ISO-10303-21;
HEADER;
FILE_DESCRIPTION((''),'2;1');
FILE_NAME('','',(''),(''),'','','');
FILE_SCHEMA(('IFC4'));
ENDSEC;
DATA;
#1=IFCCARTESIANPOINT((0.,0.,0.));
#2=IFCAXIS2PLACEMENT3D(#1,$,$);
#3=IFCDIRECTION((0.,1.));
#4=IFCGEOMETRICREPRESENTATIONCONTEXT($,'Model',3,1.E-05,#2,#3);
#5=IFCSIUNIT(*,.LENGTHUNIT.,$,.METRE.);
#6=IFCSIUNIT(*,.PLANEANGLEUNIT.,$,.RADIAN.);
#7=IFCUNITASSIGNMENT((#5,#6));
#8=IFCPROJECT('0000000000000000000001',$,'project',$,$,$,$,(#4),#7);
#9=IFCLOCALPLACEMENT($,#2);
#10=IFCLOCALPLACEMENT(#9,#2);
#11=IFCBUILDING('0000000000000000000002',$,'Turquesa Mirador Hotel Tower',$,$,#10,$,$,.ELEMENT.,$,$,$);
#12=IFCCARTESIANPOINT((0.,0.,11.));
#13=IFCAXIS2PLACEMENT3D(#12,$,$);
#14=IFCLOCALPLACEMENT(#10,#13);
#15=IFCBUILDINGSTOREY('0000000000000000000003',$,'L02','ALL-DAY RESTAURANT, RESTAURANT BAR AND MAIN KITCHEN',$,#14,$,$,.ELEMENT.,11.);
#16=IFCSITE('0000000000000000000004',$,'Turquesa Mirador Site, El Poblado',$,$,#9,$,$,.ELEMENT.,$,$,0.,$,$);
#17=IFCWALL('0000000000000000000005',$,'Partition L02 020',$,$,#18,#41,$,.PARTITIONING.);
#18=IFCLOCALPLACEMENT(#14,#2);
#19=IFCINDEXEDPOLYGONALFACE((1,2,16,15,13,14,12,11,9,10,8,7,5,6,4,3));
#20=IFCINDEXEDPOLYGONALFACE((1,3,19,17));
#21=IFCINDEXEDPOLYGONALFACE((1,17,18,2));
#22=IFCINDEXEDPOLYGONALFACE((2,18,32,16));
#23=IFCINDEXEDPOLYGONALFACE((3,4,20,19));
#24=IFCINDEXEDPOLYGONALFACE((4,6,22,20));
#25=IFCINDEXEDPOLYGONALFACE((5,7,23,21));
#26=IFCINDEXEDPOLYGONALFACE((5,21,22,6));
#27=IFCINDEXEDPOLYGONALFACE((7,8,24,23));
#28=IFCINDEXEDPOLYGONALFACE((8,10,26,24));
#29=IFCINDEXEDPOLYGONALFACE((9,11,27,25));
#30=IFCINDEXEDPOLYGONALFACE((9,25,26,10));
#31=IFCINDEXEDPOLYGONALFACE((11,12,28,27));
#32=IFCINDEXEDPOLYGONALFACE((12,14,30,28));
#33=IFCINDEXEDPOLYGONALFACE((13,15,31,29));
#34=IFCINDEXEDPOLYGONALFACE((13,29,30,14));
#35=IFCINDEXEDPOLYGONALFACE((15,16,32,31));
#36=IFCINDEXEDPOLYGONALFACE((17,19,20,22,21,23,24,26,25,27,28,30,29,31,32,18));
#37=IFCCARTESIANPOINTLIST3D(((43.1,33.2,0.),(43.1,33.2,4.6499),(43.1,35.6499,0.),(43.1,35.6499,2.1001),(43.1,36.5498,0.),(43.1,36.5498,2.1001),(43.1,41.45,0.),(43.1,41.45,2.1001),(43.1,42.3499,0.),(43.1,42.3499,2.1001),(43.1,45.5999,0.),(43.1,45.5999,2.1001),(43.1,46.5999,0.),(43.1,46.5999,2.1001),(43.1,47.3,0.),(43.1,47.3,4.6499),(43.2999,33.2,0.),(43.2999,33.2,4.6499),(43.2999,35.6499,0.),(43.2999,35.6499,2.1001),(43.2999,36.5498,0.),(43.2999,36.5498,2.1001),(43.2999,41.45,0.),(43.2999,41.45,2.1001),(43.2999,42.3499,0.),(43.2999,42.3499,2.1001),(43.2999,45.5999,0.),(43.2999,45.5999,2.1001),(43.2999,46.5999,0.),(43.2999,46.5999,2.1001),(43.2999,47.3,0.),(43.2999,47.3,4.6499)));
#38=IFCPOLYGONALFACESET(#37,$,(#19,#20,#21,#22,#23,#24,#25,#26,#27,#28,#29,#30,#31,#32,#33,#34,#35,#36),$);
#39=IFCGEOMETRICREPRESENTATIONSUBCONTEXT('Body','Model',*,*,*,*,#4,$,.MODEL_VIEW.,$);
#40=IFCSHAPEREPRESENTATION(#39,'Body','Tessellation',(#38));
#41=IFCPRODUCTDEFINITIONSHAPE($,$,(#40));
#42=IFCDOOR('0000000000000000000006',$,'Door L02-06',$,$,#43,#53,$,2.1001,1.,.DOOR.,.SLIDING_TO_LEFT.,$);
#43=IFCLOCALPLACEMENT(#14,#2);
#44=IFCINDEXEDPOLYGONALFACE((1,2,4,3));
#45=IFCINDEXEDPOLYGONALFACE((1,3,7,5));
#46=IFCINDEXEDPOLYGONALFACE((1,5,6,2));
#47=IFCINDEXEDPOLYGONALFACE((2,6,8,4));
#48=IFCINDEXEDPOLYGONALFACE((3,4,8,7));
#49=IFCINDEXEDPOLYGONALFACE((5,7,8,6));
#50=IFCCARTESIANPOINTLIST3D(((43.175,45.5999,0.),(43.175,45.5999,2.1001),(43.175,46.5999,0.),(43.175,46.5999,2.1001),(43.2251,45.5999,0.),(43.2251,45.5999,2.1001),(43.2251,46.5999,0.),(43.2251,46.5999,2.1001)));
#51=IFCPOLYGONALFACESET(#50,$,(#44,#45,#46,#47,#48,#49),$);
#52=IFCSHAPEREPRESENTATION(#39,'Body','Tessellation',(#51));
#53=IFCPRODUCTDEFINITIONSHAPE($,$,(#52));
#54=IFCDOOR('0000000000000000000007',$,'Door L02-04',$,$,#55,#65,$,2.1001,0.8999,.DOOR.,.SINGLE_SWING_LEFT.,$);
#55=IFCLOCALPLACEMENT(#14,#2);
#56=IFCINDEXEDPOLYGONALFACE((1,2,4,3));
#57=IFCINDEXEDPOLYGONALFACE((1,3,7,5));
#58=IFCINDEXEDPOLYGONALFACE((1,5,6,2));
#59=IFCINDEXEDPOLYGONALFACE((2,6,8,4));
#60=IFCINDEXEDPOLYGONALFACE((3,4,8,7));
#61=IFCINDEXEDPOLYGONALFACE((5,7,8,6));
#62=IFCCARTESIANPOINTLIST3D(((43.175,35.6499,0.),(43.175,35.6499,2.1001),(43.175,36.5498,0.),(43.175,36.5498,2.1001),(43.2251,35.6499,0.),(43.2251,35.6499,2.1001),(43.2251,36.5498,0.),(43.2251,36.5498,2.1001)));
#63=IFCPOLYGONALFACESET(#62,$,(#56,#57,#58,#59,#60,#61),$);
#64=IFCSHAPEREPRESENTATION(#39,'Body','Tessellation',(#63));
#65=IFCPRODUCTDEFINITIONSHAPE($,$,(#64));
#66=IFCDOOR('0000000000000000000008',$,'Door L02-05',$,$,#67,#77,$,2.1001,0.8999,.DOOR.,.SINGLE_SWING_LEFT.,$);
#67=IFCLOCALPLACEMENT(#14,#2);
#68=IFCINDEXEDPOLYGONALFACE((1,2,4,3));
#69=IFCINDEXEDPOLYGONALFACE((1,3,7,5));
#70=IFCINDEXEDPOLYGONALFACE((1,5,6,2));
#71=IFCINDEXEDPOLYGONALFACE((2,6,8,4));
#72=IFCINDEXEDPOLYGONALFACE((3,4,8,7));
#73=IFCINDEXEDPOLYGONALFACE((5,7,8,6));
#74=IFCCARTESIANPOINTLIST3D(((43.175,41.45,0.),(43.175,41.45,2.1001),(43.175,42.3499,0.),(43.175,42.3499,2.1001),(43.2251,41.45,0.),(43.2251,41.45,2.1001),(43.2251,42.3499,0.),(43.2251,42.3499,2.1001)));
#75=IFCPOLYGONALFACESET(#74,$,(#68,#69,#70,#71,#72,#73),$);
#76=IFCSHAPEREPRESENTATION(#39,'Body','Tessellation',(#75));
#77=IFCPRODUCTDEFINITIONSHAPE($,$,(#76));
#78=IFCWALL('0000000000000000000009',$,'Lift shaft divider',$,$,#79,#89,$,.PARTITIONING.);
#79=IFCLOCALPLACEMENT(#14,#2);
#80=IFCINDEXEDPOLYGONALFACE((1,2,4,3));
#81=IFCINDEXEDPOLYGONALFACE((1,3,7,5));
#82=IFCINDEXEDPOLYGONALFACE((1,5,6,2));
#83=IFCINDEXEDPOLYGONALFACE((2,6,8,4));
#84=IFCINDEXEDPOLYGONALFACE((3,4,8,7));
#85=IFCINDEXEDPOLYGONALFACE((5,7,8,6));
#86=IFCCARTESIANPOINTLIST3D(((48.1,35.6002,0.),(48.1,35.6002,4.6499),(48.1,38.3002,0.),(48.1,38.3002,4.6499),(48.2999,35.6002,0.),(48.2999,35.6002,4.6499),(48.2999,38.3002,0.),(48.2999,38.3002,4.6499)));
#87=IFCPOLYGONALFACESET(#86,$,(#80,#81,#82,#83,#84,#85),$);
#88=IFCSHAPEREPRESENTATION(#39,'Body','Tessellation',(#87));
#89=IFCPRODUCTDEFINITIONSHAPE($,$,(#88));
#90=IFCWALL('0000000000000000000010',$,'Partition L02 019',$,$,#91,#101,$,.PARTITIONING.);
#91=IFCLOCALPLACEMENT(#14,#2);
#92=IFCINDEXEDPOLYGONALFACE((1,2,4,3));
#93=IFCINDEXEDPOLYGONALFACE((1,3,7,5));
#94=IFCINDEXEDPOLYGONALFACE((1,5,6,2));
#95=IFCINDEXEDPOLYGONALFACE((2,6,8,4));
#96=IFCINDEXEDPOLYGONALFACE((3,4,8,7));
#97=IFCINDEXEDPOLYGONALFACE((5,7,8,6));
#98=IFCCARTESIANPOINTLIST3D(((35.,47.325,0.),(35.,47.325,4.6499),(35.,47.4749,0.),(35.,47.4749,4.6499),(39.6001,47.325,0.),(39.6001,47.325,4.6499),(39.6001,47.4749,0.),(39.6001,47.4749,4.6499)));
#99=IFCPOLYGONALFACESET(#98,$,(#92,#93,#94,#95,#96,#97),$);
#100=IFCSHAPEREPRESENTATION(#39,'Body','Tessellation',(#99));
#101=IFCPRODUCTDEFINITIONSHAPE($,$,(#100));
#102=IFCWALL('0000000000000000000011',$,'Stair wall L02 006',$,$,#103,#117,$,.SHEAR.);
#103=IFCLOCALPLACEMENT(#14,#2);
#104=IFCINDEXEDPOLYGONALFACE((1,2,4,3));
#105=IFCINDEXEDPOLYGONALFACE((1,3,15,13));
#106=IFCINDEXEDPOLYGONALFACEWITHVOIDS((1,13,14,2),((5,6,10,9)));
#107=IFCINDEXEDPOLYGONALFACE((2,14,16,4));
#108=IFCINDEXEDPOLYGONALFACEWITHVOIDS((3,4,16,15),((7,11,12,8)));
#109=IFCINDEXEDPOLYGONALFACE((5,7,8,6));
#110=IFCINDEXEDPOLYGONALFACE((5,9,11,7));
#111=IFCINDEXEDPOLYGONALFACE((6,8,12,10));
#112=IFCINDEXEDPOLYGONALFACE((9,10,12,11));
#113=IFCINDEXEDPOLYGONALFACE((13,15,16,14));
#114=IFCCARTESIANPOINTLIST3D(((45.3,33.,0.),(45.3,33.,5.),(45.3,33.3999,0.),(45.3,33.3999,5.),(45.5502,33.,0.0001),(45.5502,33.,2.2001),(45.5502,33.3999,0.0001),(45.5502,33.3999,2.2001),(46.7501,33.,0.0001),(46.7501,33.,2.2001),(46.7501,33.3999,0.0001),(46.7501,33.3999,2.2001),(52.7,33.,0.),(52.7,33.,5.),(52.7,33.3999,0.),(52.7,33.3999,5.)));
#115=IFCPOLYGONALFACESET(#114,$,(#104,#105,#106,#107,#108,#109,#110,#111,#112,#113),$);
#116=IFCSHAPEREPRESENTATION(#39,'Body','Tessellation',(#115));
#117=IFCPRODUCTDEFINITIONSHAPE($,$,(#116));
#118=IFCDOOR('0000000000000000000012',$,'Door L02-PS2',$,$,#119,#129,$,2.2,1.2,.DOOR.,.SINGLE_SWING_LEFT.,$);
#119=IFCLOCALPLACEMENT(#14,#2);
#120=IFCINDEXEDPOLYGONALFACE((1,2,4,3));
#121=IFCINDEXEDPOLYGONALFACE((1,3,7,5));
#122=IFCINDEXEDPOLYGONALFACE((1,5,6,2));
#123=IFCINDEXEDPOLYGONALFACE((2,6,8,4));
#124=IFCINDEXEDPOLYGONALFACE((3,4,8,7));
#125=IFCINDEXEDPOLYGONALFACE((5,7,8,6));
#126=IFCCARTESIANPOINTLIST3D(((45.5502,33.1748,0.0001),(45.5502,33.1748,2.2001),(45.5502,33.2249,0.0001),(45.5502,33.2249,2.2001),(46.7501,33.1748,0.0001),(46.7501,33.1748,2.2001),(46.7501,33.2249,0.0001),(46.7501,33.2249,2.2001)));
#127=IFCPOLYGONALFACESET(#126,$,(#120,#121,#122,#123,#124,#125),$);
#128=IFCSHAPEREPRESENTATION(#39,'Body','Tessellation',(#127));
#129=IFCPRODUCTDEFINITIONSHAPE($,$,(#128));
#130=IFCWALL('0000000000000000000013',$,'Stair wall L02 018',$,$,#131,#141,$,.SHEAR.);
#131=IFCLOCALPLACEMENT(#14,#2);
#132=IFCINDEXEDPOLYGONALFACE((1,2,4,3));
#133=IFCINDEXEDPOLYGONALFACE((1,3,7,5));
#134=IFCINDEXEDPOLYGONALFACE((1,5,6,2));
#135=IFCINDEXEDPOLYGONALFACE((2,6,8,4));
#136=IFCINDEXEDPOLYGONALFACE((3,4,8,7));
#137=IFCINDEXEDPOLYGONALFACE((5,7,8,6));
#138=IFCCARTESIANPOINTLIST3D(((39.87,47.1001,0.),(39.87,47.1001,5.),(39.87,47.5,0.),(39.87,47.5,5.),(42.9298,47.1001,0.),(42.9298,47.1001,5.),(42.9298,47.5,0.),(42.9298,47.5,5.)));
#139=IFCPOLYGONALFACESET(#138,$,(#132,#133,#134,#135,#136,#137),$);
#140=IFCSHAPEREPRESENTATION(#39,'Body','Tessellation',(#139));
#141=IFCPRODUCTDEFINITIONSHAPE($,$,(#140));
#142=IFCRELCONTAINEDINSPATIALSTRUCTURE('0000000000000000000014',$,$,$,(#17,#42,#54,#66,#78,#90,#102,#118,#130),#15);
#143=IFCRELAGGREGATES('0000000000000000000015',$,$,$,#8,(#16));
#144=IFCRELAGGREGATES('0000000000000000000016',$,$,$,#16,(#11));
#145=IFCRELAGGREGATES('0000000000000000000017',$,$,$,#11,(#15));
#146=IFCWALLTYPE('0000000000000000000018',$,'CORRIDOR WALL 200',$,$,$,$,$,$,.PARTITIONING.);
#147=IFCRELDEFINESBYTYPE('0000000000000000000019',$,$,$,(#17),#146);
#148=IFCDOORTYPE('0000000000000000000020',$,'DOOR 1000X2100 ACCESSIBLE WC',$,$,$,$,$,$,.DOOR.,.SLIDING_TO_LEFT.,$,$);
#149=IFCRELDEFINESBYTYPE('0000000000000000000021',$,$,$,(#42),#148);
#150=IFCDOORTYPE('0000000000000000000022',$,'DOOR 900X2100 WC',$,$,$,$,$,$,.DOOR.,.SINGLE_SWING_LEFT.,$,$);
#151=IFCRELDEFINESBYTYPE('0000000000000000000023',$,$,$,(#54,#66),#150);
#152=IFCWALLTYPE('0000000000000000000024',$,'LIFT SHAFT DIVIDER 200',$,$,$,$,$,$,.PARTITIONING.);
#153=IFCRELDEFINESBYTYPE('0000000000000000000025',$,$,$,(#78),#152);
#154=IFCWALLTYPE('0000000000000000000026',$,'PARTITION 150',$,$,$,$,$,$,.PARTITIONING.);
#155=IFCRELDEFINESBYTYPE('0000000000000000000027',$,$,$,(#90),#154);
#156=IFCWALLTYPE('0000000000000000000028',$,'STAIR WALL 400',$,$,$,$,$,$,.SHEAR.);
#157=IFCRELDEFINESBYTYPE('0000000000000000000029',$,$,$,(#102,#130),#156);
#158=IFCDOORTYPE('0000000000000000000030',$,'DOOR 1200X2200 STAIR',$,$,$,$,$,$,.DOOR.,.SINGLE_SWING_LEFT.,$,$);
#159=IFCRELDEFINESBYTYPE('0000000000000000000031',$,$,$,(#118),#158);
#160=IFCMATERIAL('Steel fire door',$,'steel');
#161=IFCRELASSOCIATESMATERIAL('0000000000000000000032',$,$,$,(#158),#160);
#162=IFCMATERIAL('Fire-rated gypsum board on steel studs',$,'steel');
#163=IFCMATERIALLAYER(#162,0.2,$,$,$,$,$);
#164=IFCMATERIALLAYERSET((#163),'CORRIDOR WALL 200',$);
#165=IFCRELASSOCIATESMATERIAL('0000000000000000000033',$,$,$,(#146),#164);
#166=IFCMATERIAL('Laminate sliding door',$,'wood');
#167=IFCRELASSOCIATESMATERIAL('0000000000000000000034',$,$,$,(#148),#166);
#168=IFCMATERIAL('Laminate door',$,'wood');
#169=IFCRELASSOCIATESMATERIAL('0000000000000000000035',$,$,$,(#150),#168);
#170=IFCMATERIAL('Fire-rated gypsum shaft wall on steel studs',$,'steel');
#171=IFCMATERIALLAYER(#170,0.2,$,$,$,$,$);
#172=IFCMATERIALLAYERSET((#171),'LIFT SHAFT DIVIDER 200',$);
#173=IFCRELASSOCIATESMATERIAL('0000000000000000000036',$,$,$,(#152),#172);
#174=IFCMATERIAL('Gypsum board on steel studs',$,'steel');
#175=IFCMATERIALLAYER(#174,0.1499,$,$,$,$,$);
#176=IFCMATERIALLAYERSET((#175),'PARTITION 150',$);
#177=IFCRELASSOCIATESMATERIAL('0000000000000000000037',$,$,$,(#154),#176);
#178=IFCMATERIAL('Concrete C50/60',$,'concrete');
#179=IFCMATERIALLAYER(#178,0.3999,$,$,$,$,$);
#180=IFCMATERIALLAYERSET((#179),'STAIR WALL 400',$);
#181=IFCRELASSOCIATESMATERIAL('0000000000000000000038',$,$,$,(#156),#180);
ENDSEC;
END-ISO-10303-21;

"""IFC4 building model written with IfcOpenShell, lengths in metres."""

from ifc_helpers import new_model, si_unit, direction, frame, frame_2d, origin, place, context, subcontext, project, spatial, rectangle, extrude, material, layer, layer_set, type_object, element, fill, save


model = new_model("IFC4")

# Units and contexts
model_context = context("Model", 3, precision=1e-05, world=origin(), true_north=direction((0.0, 1.0)))
body_context = subcontext(model_context, "Body", "Model", "MODEL_VIEW")
ifc_project = project(units=[si_unit("LENGTHUNIT", "METRE"), si_unit("PLANEANGLEUNIT", "RADIAN")], contexts=[model_context])

# Site, building, storey
site_placement = place(None, origin())
site = spatial("IfcSite", under=ifc_project, at=site_placement, Name="Turquesa Mirador Site, El Poblado", CompositionType="ELEMENT", RefElevation=0.0)
building_placement = place(site_placement, origin())
building = spatial("IfcBuilding", under=site, at=building_placement, Name="Turquesa Mirador Hotel Tower", CompositionType="ELEMENT")
storey_placement = place(building_placement, frame((0.0, 0.0, 11.0)))
storey = spatial("IfcBuildingStorey", under=building, at=storey_placement, Name="L02", Description="ALL-DAY RESTAURANT, RESTAURANT BAR AND MAIN KITCHEN", CompositionType="ELEMENT", Elevation=11.0)

# Shared definitions
ifc_material_1 = material(Name="Steel fire door", Category="steel")
door_type_1 = type_object("IfcDoorType", Name="DOOR 1200X2200 STAIR", OperationType="SINGLE_SWING_LEFT", PredefinedType="DOOR", material=ifc_material_1)

# Shared definitions
ifc_material_2 = material(Name="Fire-rated gypsum board on steel studs", Category="steel")
ifc_layer_1 = layer(ifc_material_2, 0.2)
ifc_layer_set_1 = layer_set([ifc_layer_1], Name="CORRIDOR WALL 200")
wall_type_1 = type_object("IfcWallType", Name="CORRIDOR WALL 200", PredefinedType="PARTITIONING", material=ifc_layer_set_1)

# Wall, openings, doors
wall_1_placement = place(storey_placement, frame((43.2, 33.2, 0.0), z_axis=(0.0, 0.0, 1.0), x_axis=(0.0, 1.0, 0.0)))
wall_1 = element("IfcWall", 1, at=wall_1_placement, inside=storey, type_object=wall_type_1, Name="Partition L02 020", PredefinedType="PARTITIONING", context=body_context, shape_type="SweptSolid", body=[
    extrude(rectangle(XDim=14.1001, YDim=0.2, at=frame_2d((7.05, 0.0))), origin(), (0.0, 0.0, 1.0), 4.6499),
])
opening_1_placement = place(wall_1_placement, frame((12.3999, 0.0, 0.0)))
opening_1 = element("IfcOpeningElement", 2, at=opening_1_placement, cuts=wall_1, PredefinedType="OPENING", context=body_context, shape_type="SweptSolid", body=[
    extrude(rectangle(XDim=1.0, YDim=2.1001, at=frame_2d((0.5, 1.05))), frame((0.0, 0.1099, 0.0), z_axis=(0.0, -1.0, 0.0), x_axis=(1.0, 0.0, 0.0)), (0.0, 0.0, 1.0), 0.22),
])
opening_2_placement = place(wall_1_placement, frame((2.45, 0.0, 0.0)))
opening_2 = element("IfcOpeningElement", 3, at=opening_2_placement, cuts=wall_1, PredefinedType="OPENING", context=body_context, shape_type="SweptSolid", body=[
    extrude(rectangle(XDim=0.8999, YDim=2.1001, at=frame_2d((0.45, 1.05))), frame((0.0, 0.1099, 0.0), z_axis=(0.0, -1.0, 0.0), x_axis=(1.0, 0.0, 0.0)), (0.0, 0.0, 1.0), 0.22),
])
opening_3_placement = place(wall_1_placement, frame((8.25, 0.0, 0.0)))
opening_3 = element("IfcOpeningElement", 4, at=opening_3_placement, cuts=wall_1, PredefinedType="OPENING", context=body_context, shape_type="SweptSolid", body=[
    extrude(rectangle(XDim=0.8999, YDim=2.1001, at=frame_2d((0.45, 1.05))), frame((0.0, 0.1099, 0.0), z_axis=(0.0, -1.0, 0.0), x_axis=(1.0, 0.0, 0.0)), (0.0, 0.0, 1.0), 0.22),
])
ifc_material_3 = material(Name="Laminate sliding door", Category="wood")
door_type_2 = type_object("IfcDoorType", Name="DOOR 1000X2100 ACCESSIBLE WC", OperationType="SLIDING_TO_LEFT", PredefinedType="DOOR", material=ifc_material_3)
door_1_placement = place(opening_1_placement, origin())
door_1 = element("IfcDoor", 5, at=door_1_placement, inside=storey, type_object=door_type_2, Name="Door L02-06", OperationType="SLIDING_TO_LEFT", OverallHeight=2.1001, OverallWidth=1.0, PredefinedType="DOOR", context=body_context, shape_type="SweptSolid", body=[
    extrude(rectangle(XDim=1.0, YDim=2.1001, at=frame_2d((0.5, 1.05))), frame((0.0, 0.0249, 0.0), z_axis=(0.0, -1.0, 0.0), x_axis=(1.0, 0.0, 0.0)), (0.0, 0.0, 1.0), 0.05),
])
fill(opening_1, door_1)
ifc_material_4 = material(Name="Laminate door", Category="wood")
door_type_3 = type_object("IfcDoorType", Name="DOOR 900X2100 WC", OperationType="SINGLE_SWING_LEFT", PredefinedType="DOOR", material=ifc_material_4)
door_2_placement = place(opening_2_placement, origin())
door_2 = element("IfcDoor", 6, at=door_2_placement, inside=storey, type_object=door_type_3, Name="Door L02-04", OperationType="SINGLE_SWING_LEFT", OverallHeight=2.1001, OverallWidth=0.8999, PredefinedType="DOOR", context=body_context, shape_type="SweptSolid", body=[
    extrude(rectangle(XDim=0.8999, YDim=2.1001, at=frame_2d((0.45, 1.05))), frame((0.0, 0.0249, 0.0), z_axis=(0.0, -1.0, 0.0), x_axis=(1.0, 0.0, 0.0)), (0.0, 0.0, 1.0), 0.05),
])
fill(opening_2, door_2)
door_3_placement = place(opening_3_placement, origin())
door_3 = element("IfcDoor", 7, at=door_3_placement, inside=storey, type_object=door_type_3, Name="Door L02-05", OperationType="SINGLE_SWING_LEFT", OverallHeight=2.1001, OverallWidth=0.8999, PredefinedType="DOOR", context=body_context, shape_type="SweptSolid", body=[
    extrude(rectangle(XDim=0.8999, YDim=2.1001, at=frame_2d((0.45, 1.05))), frame((0.0, 0.0249, 0.0), z_axis=(0.0, -1.0, 0.0), x_axis=(1.0, 0.0, 0.0)), (0.0, 0.0, 1.0), 0.05),
])
fill(opening_3, door_3)

# Walls
ifc_material_5 = material(Name="Fire-rated gypsum shaft wall on steel studs", Category="steel")
ifc_layer_2 = layer(ifc_material_5, 0.2)
ifc_layer_set_2 = layer_set([ifc_layer_2], Name="LIFT SHAFT DIVIDER 200")
wall_type_2 = type_object("IfcWallType", Name="LIFT SHAFT DIVIDER 200", PredefinedType="PARTITIONING", material=ifc_layer_set_2)
wall_2_placement = place(storey_placement, frame((48.2, 35.6001, 0.0), z_axis=(0.0, 0.0, 1.0), x_axis=(0.0, 1.0, 0.0)))
element("IfcWall", 8, at=wall_2_placement, inside=storey, type_object=wall_type_2, Name="Lift shaft divider", PredefinedType="PARTITIONING", context=body_context, shape_type="SweptSolid", body=[
    extrude(rectangle(XDim=2.7, YDim=0.2, at=frame_2d((1.3501, 0.0))), origin(), (0.0, 0.0, 1.0), 4.6499),
])
ifc_material_6 = material(Name="Gypsum board on steel studs", Category="steel")
ifc_layer_3 = layer(ifc_material_6, 0.1499)
ifc_layer_set_3 = layer_set([ifc_layer_3], Name="PARTITION 150")
wall_type_3 = type_object("IfcWallType", Name="PARTITION 150", PredefinedType="PARTITIONING", material=ifc_layer_set_3)
wall_3_placement = place(storey_placement, frame((35.0, 47.3999, 0.0), z_axis=(0.0, 0.0, 1.0), x_axis=(1.0, 0.0, 0.0)))
element("IfcWall", 9, at=wall_3_placement, inside=storey, type_object=wall_type_3, Name="Partition L02 019", PredefinedType="PARTITIONING", context=body_context, shape_type="SweptSolid", body=[
    extrude(rectangle(XDim=4.6001, YDim=0.1499, at=frame_2d((2.3, 0.0))), origin(), (0.0, 0.0, 1.0), 4.6499),
])

# Wall, opening, door
ifc_material_7 = material(Name="Concrete C50/60", Category="concrete")
ifc_layer_4 = layer(ifc_material_7, 0.3999)
ifc_layer_set_4 = layer_set([ifc_layer_4], Name="STAIR WALL 400")
wall_type_4 = type_object("IfcWallType", Name="STAIR WALL 400", PredefinedType="SHEAR", material=ifc_layer_set_4)
wall_4_placement = place(storey_placement, frame((45.3, 33.2, 0.0), z_axis=(0.0, 0.0, 1.0), x_axis=(1.0, 0.0, 0.0)))
wall_4 = element("IfcWall", 10, at=wall_4_placement, inside=storey, type_object=wall_type_4, Name="Stair wall L02 006", PredefinedType="SHEAR", context=body_context, shape_type="SweptSolid", body=[
    extrude(rectangle(XDim=7.3999, YDim=0.3999, at=frame_2d((3.7, 0.0))), origin(), (0.0, 0.0, 1.0), 5.0),
])
opening_4_placement = place(wall_4_placement, frame((0.25, 0.0, 0.0)))
opening_4 = element("IfcOpeningElement", 11, at=opening_4_placement, cuts=wall_4, PredefinedType="OPENING", context=body_context, shape_type="SweptSolid", body=[
    extrude(rectangle(XDim=1.2, YDim=2.2, at=frame_2d((0.6001, 1.1001))), frame((0.0, 0.21, 0.0), z_axis=(0.0, -1.0, 0.0), x_axis=(1.0, 0.0, 0.0)), (0.0, 0.0, 1.0), 0.4199),
])
door_4_placement = place(opening_4_placement, origin())
door_4 = element("IfcDoor", 12, at=door_4_placement, inside=storey, type_object=door_type_1, Name="Door L02-PS2", OperationType="SINGLE_SWING_LEFT", OverallHeight=2.2, OverallWidth=1.2, PredefinedType="DOOR", context=body_context, shape_type="SweptSolid", body=[
    extrude(rectangle(XDim=1.2, YDim=2.2, at=frame_2d((0.6001, 1.1001))), frame((0.0, 0.0249, 0.0), z_axis=(0.0, -1.0, 0.0), x_axis=(1.0, 0.0, 0.0)), (0.0, 0.0, 1.0), 0.05),
])
fill(opening_4, door_4)

# Wall
wall_5_placement = place(storey_placement, frame((39.8701, 47.3, 0.0), z_axis=(0.0, 0.0, 1.0), x_axis=(1.0, 0.0, 0.0)))
element("IfcWall", 13, at=wall_5_placement, inside=storey, type_object=wall_type_4, Name="Stair wall L02 018", PredefinedType="SHEAR", context=body_context, shape_type="SweptSolid", body=[
    extrude(rectangle(XDim=3.0598, YDim=0.3999, at=frame_2d((1.5298, 0.0))), origin(), (0.0, 0.0, 1.0), 5.0),
])

save(model, "model.ifc")
